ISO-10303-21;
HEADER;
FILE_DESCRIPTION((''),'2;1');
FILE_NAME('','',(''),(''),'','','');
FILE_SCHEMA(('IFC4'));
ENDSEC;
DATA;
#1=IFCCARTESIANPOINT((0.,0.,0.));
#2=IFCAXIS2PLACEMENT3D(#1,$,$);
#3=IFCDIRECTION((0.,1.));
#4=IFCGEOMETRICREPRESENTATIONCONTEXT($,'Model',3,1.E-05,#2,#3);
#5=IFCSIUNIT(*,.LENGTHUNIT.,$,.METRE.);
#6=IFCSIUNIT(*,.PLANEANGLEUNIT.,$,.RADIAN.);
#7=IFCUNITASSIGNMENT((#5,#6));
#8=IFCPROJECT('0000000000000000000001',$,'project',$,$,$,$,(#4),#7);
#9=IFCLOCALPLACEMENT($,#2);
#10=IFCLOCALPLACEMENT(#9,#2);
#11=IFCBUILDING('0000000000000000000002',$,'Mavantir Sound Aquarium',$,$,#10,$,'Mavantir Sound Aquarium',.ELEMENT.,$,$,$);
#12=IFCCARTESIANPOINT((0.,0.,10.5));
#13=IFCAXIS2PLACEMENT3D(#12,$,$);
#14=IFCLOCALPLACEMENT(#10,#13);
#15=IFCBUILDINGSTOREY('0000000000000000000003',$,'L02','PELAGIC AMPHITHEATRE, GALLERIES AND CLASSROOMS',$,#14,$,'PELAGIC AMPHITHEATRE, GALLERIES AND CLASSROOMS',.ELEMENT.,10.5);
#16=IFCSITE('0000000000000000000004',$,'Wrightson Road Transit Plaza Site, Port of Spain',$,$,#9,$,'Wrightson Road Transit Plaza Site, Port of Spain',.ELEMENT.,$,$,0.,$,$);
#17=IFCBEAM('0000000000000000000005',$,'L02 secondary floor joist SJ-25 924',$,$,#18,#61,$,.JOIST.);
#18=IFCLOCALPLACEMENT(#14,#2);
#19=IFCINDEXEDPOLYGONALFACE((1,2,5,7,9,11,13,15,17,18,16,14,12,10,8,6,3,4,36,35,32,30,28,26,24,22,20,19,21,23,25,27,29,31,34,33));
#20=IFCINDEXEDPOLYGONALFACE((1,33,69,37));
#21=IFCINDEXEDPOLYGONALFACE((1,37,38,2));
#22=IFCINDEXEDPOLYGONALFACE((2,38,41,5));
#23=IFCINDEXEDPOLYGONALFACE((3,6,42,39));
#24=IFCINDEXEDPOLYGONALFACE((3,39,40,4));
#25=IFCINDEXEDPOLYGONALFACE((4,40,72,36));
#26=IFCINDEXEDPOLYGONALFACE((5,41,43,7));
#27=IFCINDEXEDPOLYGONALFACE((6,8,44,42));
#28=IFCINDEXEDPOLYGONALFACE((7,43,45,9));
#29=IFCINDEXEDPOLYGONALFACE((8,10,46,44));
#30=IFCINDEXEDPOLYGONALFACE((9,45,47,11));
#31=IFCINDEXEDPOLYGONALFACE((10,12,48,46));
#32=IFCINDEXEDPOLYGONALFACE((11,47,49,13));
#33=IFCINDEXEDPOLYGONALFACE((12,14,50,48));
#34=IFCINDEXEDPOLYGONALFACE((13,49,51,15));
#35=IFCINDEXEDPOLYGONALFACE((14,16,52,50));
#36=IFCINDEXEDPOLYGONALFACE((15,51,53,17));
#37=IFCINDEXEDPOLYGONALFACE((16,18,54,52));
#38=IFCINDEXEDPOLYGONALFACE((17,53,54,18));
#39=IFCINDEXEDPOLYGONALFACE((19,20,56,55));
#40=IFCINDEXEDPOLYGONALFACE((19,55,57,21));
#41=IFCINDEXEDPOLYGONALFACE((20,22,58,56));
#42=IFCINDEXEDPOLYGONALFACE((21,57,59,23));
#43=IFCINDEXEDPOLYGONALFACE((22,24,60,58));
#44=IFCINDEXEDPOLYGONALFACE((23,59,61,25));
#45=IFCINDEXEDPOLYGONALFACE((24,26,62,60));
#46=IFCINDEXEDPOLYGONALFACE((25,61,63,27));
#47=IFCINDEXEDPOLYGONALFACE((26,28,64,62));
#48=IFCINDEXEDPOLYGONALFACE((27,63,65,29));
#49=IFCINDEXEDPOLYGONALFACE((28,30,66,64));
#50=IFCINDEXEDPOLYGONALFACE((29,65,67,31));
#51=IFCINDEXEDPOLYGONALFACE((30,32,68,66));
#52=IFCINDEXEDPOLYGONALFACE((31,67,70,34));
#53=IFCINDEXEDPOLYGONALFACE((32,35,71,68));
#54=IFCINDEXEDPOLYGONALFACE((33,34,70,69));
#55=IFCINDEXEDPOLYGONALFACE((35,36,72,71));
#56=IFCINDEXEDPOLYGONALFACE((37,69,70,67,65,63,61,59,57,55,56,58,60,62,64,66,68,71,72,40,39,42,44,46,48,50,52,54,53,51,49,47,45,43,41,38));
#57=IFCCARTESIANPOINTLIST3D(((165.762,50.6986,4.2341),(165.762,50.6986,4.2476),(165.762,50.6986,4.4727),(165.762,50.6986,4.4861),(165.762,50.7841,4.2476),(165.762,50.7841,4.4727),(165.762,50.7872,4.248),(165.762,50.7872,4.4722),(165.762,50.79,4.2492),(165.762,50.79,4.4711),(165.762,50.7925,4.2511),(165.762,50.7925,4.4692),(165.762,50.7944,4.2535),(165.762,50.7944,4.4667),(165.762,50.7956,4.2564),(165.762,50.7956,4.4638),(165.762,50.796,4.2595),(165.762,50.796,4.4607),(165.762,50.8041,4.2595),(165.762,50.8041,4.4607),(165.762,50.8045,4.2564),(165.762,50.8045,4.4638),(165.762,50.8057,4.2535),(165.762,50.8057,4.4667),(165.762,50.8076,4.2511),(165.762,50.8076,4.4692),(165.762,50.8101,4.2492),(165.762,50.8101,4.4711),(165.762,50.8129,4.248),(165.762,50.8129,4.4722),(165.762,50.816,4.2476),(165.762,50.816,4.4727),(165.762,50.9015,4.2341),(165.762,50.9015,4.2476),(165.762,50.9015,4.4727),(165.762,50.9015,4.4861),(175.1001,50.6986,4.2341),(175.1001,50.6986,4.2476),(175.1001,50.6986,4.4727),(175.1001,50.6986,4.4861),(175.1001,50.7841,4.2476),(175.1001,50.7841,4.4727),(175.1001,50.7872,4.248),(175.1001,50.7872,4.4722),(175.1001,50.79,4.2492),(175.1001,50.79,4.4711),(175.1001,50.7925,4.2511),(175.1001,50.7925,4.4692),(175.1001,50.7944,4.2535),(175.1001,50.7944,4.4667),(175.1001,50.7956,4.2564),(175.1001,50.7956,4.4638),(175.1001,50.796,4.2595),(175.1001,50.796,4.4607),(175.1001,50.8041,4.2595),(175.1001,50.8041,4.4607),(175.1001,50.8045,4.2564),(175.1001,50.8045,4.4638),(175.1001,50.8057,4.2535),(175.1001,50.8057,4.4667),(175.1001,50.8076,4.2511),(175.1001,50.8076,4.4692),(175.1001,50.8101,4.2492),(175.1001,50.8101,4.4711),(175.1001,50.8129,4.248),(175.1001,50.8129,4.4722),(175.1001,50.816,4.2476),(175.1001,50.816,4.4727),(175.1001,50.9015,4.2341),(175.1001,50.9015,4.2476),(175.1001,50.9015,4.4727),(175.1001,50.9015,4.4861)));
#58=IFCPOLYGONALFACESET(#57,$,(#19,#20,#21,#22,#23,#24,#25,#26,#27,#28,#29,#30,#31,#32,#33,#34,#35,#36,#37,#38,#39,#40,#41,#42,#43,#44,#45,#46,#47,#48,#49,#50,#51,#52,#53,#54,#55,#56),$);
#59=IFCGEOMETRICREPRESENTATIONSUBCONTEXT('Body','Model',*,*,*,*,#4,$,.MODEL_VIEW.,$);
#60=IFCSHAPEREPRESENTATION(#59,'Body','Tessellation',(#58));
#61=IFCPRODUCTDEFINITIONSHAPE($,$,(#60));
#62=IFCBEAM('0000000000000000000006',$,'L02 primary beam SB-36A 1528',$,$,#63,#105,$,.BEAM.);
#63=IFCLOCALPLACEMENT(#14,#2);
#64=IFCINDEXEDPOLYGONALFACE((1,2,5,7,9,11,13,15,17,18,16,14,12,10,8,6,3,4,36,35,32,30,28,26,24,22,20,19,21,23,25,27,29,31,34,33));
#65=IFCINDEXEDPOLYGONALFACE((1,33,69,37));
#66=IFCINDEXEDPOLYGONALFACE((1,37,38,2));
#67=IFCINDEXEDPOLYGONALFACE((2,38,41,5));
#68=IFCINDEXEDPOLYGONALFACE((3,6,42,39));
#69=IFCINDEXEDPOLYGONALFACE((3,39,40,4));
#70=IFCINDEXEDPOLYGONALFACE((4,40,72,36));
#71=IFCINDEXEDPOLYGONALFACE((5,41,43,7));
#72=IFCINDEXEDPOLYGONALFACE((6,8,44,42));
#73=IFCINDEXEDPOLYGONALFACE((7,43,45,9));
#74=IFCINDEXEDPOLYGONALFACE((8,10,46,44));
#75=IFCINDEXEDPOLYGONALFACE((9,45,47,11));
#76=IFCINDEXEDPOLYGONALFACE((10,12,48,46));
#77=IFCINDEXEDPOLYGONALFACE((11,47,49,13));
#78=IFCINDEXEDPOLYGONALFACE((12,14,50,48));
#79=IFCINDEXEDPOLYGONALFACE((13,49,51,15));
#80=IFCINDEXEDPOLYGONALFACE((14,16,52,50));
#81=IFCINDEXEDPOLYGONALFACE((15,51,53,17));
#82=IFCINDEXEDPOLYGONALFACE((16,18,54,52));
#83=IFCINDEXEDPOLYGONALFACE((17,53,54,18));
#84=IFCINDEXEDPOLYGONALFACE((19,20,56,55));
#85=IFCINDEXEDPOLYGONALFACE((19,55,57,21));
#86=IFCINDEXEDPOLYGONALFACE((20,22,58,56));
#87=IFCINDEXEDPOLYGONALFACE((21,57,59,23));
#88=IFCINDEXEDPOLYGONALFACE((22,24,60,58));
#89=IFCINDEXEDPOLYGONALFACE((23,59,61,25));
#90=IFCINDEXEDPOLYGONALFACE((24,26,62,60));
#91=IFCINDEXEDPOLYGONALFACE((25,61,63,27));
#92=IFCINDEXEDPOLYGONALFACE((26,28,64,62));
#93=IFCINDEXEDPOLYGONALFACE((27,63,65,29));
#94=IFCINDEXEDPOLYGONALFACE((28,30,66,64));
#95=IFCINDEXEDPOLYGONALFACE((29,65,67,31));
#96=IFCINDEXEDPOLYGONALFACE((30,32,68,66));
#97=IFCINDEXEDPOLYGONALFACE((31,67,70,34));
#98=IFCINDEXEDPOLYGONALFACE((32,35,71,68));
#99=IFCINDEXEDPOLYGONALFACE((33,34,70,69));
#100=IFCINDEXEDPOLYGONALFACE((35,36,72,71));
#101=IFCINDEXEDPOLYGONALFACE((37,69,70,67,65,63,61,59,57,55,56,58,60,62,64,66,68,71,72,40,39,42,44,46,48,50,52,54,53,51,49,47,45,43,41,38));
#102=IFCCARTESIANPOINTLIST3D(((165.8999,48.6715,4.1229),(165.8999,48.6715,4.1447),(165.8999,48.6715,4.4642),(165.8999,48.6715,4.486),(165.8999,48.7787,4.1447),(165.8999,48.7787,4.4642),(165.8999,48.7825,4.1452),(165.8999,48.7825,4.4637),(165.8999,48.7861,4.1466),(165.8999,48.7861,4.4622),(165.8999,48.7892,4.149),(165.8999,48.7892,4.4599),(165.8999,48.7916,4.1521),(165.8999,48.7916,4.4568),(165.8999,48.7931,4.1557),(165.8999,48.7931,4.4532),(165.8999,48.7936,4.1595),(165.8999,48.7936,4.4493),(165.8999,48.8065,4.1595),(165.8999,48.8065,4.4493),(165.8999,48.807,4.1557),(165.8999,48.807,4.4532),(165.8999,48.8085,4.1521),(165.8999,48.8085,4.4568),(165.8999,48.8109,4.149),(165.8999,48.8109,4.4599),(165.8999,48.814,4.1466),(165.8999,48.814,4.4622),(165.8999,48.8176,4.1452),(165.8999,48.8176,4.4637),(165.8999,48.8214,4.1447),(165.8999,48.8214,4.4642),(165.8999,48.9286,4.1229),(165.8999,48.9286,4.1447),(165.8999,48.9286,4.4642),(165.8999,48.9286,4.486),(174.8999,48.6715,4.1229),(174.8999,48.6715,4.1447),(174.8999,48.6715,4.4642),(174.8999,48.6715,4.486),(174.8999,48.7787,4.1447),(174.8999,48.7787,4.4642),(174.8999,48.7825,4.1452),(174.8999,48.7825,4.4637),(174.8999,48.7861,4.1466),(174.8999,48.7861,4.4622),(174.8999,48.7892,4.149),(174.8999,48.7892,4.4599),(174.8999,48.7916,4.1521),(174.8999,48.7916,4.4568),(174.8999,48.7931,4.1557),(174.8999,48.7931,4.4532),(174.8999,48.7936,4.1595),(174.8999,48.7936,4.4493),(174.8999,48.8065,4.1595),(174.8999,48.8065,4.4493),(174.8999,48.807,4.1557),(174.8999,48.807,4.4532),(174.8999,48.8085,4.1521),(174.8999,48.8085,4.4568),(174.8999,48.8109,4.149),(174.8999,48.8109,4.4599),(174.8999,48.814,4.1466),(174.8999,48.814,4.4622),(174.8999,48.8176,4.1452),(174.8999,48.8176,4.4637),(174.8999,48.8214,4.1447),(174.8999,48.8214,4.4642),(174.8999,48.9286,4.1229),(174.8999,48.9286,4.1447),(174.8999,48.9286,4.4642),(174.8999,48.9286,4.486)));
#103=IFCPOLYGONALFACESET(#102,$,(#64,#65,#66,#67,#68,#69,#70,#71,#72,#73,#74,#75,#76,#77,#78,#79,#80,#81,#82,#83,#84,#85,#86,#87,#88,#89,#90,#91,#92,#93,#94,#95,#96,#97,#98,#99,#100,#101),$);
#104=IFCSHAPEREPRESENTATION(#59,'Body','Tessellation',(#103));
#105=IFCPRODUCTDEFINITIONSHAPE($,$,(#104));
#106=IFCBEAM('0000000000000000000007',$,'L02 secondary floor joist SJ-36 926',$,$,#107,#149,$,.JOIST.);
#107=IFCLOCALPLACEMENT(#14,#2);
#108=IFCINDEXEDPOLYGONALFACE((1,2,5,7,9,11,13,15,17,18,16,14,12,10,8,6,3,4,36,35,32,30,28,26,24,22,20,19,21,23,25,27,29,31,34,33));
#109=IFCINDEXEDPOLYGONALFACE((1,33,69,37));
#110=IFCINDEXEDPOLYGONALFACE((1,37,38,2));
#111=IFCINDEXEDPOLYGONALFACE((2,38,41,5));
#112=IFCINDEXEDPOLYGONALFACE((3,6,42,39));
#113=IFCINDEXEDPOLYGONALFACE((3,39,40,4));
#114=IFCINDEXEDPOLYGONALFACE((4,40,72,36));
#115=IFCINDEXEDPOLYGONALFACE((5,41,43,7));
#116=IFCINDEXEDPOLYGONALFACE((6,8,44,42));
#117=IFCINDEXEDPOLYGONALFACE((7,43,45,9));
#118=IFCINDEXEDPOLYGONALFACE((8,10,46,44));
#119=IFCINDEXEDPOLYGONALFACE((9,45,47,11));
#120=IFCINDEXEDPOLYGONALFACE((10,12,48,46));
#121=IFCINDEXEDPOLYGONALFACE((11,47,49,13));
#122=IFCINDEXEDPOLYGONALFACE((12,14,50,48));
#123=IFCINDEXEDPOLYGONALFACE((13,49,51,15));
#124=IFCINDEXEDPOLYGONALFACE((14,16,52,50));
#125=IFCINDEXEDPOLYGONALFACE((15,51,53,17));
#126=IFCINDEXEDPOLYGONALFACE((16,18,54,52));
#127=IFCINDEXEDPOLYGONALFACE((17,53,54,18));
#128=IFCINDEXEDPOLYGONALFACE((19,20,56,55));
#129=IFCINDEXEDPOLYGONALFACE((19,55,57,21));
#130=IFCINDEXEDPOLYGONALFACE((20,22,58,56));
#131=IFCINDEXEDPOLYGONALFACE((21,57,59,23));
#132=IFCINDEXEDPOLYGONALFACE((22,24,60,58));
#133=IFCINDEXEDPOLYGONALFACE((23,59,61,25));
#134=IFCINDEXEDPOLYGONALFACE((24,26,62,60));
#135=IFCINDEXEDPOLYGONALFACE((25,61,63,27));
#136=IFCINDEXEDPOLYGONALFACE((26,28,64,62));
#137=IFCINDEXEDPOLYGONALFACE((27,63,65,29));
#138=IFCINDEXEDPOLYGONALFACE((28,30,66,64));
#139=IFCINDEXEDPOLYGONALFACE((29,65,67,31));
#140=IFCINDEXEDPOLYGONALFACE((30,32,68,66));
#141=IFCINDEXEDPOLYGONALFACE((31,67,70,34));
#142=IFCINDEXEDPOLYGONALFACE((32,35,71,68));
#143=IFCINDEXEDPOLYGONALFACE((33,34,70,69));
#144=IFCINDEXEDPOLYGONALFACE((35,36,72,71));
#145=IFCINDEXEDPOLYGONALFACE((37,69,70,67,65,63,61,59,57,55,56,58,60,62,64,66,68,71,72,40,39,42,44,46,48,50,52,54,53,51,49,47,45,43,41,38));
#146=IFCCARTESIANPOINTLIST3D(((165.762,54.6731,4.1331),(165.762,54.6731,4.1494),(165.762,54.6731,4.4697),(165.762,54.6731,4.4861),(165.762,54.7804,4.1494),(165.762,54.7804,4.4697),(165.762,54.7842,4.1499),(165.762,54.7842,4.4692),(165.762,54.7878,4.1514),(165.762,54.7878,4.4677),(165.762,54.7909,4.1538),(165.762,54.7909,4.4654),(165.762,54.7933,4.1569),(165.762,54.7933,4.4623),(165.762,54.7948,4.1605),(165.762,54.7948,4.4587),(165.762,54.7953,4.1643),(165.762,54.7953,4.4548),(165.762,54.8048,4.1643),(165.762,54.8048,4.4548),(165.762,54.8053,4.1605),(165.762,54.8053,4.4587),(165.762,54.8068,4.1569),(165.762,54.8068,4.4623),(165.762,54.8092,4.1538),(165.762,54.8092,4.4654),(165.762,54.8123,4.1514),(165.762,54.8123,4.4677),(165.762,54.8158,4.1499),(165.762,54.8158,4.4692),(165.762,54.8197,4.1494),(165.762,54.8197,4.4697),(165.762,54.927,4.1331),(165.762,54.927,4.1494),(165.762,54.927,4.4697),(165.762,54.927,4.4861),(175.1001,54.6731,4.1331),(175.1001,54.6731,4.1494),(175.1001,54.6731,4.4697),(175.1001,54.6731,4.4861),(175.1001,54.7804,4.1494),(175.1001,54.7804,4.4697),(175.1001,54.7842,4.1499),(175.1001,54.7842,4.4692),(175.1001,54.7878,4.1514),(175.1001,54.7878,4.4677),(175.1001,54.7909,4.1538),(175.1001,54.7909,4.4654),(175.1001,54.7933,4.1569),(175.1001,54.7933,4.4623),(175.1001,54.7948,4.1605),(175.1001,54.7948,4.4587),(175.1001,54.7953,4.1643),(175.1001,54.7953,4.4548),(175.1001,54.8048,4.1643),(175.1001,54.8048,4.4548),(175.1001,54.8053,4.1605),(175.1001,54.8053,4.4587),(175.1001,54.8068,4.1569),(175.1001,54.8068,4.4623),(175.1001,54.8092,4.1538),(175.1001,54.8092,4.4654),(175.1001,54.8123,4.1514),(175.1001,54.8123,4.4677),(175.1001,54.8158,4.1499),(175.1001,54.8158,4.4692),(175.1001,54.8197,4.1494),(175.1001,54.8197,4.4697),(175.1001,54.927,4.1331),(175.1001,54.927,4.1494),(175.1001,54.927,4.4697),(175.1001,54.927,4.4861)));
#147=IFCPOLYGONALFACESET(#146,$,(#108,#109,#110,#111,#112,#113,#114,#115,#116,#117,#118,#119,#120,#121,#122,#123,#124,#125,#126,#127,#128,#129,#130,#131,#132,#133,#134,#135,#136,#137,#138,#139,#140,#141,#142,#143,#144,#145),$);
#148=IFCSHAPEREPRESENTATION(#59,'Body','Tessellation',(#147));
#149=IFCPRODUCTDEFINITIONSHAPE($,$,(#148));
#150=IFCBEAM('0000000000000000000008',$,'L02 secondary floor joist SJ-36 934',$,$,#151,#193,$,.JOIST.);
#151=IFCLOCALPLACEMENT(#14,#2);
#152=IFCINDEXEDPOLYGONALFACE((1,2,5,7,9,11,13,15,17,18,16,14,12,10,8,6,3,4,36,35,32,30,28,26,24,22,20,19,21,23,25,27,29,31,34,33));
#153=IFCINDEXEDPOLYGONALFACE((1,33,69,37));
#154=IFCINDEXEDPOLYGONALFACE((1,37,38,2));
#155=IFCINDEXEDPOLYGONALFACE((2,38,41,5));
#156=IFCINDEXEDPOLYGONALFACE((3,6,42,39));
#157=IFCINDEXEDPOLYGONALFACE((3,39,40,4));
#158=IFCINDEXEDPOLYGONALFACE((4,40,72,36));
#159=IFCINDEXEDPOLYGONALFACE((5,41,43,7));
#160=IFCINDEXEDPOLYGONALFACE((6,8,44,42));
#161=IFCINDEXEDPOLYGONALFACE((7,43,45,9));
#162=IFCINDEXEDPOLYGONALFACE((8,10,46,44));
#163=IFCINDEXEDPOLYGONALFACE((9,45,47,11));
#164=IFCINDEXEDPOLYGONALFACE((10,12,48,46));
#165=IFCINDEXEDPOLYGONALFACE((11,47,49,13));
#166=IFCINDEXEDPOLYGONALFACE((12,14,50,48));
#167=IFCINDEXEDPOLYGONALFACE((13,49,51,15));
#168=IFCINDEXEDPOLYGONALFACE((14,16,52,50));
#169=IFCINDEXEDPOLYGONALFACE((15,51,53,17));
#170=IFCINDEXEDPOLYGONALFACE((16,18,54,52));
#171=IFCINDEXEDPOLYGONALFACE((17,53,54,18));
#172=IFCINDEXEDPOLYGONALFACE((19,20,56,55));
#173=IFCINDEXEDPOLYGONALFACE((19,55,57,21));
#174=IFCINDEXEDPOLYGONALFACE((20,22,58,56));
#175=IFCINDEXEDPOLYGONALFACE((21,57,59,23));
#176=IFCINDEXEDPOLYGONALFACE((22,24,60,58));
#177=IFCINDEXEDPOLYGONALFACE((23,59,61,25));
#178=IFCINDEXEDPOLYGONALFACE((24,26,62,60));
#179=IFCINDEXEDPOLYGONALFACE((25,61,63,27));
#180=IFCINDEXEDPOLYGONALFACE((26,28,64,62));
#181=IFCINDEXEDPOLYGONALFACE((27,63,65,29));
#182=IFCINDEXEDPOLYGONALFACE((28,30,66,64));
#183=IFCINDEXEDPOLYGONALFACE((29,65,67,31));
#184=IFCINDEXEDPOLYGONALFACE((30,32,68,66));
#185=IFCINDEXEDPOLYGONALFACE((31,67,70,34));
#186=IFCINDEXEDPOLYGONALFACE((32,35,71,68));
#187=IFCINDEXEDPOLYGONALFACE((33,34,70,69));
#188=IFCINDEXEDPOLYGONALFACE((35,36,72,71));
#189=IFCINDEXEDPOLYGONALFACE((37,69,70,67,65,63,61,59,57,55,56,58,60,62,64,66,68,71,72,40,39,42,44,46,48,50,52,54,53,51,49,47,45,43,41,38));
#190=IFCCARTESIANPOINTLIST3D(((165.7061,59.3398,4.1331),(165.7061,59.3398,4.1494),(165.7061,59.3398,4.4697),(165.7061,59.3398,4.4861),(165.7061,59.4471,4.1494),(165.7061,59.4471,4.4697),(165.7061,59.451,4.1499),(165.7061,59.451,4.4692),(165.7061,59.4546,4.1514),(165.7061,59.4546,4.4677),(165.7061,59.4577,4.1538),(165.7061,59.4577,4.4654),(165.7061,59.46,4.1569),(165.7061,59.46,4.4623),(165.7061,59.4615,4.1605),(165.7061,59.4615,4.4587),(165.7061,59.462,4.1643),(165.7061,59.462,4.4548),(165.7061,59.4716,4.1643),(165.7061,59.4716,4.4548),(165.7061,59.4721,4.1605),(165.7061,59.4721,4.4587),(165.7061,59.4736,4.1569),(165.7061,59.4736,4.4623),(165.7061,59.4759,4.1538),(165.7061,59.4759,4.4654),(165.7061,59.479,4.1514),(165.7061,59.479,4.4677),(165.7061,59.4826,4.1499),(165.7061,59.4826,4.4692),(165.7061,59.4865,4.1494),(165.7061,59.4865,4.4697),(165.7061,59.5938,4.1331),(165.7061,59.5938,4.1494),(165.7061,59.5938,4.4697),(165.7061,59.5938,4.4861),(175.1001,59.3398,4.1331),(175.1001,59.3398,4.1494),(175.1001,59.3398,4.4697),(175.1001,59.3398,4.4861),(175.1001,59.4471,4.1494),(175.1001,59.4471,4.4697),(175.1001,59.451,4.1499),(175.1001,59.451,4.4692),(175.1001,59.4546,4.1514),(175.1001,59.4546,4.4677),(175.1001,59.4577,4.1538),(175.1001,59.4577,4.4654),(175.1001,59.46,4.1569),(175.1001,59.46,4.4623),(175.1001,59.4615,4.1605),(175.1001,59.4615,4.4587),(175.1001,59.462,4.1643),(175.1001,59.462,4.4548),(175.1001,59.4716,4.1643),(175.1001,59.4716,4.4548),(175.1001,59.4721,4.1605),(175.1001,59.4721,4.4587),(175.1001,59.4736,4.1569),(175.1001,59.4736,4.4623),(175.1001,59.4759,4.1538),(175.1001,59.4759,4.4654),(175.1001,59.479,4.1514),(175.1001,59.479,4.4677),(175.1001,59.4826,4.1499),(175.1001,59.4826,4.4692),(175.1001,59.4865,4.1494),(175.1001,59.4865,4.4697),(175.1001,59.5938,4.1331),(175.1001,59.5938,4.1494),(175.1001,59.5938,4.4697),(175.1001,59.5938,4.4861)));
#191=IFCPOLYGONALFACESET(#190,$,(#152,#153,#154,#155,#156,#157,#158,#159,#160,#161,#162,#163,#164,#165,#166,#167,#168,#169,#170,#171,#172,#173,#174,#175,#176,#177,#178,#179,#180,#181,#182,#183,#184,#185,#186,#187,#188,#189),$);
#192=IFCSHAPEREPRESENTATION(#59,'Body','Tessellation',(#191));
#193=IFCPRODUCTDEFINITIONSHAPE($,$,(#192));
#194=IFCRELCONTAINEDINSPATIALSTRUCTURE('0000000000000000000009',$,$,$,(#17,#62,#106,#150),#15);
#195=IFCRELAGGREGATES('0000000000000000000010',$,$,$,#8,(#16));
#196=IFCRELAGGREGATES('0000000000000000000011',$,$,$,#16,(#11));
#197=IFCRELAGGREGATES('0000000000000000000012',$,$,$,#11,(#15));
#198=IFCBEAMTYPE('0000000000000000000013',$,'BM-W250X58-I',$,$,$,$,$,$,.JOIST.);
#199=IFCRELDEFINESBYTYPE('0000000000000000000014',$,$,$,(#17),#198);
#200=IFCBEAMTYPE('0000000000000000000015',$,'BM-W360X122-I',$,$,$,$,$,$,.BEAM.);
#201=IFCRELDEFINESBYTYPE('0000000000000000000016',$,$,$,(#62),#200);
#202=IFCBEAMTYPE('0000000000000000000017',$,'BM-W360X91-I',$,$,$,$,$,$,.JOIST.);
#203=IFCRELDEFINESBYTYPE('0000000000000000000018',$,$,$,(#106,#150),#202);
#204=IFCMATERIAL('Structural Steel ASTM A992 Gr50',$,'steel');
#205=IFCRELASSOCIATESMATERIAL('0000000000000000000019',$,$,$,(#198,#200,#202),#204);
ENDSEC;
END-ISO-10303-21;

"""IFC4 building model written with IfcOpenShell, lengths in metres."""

from ifc_helpers import new_model, si_unit, direction, frame, origin, origin_2d, place, context, subcontext, project, spatial, i_section, extrude, material, material_profile, profile_set, type_object, element, save


model = new_model("IFC4")

# Units and contexts
model_context = context("Model", 3, precision=1e-05, world=origin(), true_north=direction((0.0, 1.0)))
body_context = subcontext(model_context, "Body", "Model", "MODEL_VIEW")
ifc_project = project(units=[si_unit("LENGTHUNIT", "METRE"), si_unit("PLANEANGLEUNIT", "RADIAN")], contexts=[model_context])

# Site, building, storey
site_placement = place(None, origin())
site = spatial("IfcSite", under=ifc_project, at=site_placement, Name="Wrightson Road Transit Plaza Site, Port of Spain", LongName="Wrightson Road Transit Plaza Site, Port of Spain", CompositionType="ELEMENT", RefElevation=0.0)
building_placement = place(site_placement, origin())
building = spatial("IfcBuilding", under=site, at=building_placement, Name="Mavantir Sound Aquarium", LongName="Mavantir Sound Aquarium", CompositionType="ELEMENT")
storey_placement = place(building_placement, frame((0.0, 0.0, 10.5)))
storey = spatial("IfcBuildingStorey", under=building, at=storey_placement, Name="L02", Description="PELAGIC AMPHITHEATRE, GALLERIES AND CLASSROOMS", LongName="PELAGIC AMPHITHEATRE, GALLERIES AND CLASSROOMS", CompositionType="ELEMENT", Elevation=10.5)

# Beams
ifc_material_1 = material(Name="Structural Steel ASTM A992 Gr50", Category="steel")
ifc_material_profile_1 = material_profile(ifc_material_1, i_section(OverallWidth=0.2029, OverallDepth=0.252, WebThickness=0.0081, FlangeThickness=0.0134, FilletRadius=0.012, at=origin_2d()), Name="W250X58")
ifc_profile_set_1 = profile_set([ifc_material_profile_1], Name="Structural Steel ASTM A992 Gr50")
beam_type_1 = type_object("IfcBeamType", Name="BM-W250X58-I", PredefinedType="JOIST", material=ifc_profile_set_1)
beam_1_placement = place(storey_placement, frame((165.762, 50.8, 4.3601), z_axis=(1.0, 0.0, 0.0), x_axis=(0.0, 1.0, 0.0)))
element("IfcBeam", 1, at=beam_1_placement, inside=storey, type_object=beam_type_1, Name="L02 secondary floor joist SJ-25 924", PredefinedType="JOIST", context=body_context, shape_type="SweptSolid", body=[
    extrude(i_section(OverallWidth=0.2029, OverallDepth=0.252, WebThickness=0.0081, FlangeThickness=0.0134, FilletRadius=0.012, at=origin_2d()), origin(), (0.0, 0.0, 1.0), 9.3381),
])
ifc_material_profile_2 = material_profile(ifc_material_1, i_section(OverallWidth=0.2571, OverallDepth=0.363, WebThickness=0.0129, FlangeThickness=0.0217, FilletRadius=0.0149, at=origin_2d()), Name="W360X122")
ifc_profile_set_2 = profile_set([ifc_material_profile_2], Name="Structural Steel ASTM A992 Gr50")
beam_type_2 = type_object("IfcBeamType", Name="BM-W360X122-I", PredefinedType="BEAM", material=ifc_profile_set_2)
beam_2_placement = place(storey_placement, frame((165.8999, 48.8, 4.3044), z_axis=(1.0, 0.0, 0.0), x_axis=(0.0, 1.0, 0.0)))
element("IfcBeam", 2, at=beam_2_placement, inside=storey, type_object=beam_type_2, Name="L02 primary beam SB-36A 1528", PredefinedType="BEAM", context=body_context, shape_type="SweptSolid", body=[
    extrude(i_section(OverallWidth=0.2571, OverallDepth=0.363, WebThickness=0.0129, FlangeThickness=0.0217, FilletRadius=0.0149, at=origin_2d()), origin(), (0.0, 0.0, 1.0), 9.0),
])
ifc_material_profile_3 = material_profile(ifc_material_1, i_section(OverallWidth=0.2539, OverallDepth=0.353, WebThickness=0.0095, FlangeThickness=0.0164, FilletRadius=0.0149, at=origin_2d()), Name="W360X91")
ifc_profile_set_3 = profile_set([ifc_material_profile_3], Name="Structural Steel ASTM A992 Gr50")
beam_type_3 = type_object("IfcBeamType", Name="BM-W360X91-I", PredefinedType="JOIST", material=ifc_profile_set_3)
beam_3_placement = place(storey_placement, frame((165.762, 54.8, 4.3096), z_axis=(1.0, 0.0, 0.0), x_axis=(0.0, 1.0, 0.0)))
element("IfcBeam", 3, at=beam_3_placement, inside=storey, type_object=beam_type_3, Name="L02 secondary floor joist SJ-36 926", PredefinedType="JOIST", context=body_context, shape_type="SweptSolid", body=[
    extrude(i_section(OverallWidth=0.2539, OverallDepth=0.353, WebThickness=0.0095, FlangeThickness=0.0164, FilletRadius=0.0149, at=origin_2d()), origin(), (0.0, 0.0, 1.0), 9.3381),
])
beam_4_placement = place(storey_placement, frame((165.7061, 59.4668, 4.3096), z_axis=(1.0, 0.0, 0.0), x_axis=(0.0, 1.0, 0.0)))
element("IfcBeam", 4, at=beam_4_placement, inside=storey, type_object=beam_type_3, Name="L02 secondary floor joist SJ-36 934", PredefinedType="JOIST", context=body_context, shape_type="SweptSolid", body=[
    extrude(i_section(OverallWidth=0.2539, OverallDepth=0.353, WebThickness=0.0095, FlangeThickness=0.0164, FilletRadius=0.0149, at=origin_2d()), origin(), (0.0, 0.0, 1.0), 9.394),
])

save(model, "model.ifc")
